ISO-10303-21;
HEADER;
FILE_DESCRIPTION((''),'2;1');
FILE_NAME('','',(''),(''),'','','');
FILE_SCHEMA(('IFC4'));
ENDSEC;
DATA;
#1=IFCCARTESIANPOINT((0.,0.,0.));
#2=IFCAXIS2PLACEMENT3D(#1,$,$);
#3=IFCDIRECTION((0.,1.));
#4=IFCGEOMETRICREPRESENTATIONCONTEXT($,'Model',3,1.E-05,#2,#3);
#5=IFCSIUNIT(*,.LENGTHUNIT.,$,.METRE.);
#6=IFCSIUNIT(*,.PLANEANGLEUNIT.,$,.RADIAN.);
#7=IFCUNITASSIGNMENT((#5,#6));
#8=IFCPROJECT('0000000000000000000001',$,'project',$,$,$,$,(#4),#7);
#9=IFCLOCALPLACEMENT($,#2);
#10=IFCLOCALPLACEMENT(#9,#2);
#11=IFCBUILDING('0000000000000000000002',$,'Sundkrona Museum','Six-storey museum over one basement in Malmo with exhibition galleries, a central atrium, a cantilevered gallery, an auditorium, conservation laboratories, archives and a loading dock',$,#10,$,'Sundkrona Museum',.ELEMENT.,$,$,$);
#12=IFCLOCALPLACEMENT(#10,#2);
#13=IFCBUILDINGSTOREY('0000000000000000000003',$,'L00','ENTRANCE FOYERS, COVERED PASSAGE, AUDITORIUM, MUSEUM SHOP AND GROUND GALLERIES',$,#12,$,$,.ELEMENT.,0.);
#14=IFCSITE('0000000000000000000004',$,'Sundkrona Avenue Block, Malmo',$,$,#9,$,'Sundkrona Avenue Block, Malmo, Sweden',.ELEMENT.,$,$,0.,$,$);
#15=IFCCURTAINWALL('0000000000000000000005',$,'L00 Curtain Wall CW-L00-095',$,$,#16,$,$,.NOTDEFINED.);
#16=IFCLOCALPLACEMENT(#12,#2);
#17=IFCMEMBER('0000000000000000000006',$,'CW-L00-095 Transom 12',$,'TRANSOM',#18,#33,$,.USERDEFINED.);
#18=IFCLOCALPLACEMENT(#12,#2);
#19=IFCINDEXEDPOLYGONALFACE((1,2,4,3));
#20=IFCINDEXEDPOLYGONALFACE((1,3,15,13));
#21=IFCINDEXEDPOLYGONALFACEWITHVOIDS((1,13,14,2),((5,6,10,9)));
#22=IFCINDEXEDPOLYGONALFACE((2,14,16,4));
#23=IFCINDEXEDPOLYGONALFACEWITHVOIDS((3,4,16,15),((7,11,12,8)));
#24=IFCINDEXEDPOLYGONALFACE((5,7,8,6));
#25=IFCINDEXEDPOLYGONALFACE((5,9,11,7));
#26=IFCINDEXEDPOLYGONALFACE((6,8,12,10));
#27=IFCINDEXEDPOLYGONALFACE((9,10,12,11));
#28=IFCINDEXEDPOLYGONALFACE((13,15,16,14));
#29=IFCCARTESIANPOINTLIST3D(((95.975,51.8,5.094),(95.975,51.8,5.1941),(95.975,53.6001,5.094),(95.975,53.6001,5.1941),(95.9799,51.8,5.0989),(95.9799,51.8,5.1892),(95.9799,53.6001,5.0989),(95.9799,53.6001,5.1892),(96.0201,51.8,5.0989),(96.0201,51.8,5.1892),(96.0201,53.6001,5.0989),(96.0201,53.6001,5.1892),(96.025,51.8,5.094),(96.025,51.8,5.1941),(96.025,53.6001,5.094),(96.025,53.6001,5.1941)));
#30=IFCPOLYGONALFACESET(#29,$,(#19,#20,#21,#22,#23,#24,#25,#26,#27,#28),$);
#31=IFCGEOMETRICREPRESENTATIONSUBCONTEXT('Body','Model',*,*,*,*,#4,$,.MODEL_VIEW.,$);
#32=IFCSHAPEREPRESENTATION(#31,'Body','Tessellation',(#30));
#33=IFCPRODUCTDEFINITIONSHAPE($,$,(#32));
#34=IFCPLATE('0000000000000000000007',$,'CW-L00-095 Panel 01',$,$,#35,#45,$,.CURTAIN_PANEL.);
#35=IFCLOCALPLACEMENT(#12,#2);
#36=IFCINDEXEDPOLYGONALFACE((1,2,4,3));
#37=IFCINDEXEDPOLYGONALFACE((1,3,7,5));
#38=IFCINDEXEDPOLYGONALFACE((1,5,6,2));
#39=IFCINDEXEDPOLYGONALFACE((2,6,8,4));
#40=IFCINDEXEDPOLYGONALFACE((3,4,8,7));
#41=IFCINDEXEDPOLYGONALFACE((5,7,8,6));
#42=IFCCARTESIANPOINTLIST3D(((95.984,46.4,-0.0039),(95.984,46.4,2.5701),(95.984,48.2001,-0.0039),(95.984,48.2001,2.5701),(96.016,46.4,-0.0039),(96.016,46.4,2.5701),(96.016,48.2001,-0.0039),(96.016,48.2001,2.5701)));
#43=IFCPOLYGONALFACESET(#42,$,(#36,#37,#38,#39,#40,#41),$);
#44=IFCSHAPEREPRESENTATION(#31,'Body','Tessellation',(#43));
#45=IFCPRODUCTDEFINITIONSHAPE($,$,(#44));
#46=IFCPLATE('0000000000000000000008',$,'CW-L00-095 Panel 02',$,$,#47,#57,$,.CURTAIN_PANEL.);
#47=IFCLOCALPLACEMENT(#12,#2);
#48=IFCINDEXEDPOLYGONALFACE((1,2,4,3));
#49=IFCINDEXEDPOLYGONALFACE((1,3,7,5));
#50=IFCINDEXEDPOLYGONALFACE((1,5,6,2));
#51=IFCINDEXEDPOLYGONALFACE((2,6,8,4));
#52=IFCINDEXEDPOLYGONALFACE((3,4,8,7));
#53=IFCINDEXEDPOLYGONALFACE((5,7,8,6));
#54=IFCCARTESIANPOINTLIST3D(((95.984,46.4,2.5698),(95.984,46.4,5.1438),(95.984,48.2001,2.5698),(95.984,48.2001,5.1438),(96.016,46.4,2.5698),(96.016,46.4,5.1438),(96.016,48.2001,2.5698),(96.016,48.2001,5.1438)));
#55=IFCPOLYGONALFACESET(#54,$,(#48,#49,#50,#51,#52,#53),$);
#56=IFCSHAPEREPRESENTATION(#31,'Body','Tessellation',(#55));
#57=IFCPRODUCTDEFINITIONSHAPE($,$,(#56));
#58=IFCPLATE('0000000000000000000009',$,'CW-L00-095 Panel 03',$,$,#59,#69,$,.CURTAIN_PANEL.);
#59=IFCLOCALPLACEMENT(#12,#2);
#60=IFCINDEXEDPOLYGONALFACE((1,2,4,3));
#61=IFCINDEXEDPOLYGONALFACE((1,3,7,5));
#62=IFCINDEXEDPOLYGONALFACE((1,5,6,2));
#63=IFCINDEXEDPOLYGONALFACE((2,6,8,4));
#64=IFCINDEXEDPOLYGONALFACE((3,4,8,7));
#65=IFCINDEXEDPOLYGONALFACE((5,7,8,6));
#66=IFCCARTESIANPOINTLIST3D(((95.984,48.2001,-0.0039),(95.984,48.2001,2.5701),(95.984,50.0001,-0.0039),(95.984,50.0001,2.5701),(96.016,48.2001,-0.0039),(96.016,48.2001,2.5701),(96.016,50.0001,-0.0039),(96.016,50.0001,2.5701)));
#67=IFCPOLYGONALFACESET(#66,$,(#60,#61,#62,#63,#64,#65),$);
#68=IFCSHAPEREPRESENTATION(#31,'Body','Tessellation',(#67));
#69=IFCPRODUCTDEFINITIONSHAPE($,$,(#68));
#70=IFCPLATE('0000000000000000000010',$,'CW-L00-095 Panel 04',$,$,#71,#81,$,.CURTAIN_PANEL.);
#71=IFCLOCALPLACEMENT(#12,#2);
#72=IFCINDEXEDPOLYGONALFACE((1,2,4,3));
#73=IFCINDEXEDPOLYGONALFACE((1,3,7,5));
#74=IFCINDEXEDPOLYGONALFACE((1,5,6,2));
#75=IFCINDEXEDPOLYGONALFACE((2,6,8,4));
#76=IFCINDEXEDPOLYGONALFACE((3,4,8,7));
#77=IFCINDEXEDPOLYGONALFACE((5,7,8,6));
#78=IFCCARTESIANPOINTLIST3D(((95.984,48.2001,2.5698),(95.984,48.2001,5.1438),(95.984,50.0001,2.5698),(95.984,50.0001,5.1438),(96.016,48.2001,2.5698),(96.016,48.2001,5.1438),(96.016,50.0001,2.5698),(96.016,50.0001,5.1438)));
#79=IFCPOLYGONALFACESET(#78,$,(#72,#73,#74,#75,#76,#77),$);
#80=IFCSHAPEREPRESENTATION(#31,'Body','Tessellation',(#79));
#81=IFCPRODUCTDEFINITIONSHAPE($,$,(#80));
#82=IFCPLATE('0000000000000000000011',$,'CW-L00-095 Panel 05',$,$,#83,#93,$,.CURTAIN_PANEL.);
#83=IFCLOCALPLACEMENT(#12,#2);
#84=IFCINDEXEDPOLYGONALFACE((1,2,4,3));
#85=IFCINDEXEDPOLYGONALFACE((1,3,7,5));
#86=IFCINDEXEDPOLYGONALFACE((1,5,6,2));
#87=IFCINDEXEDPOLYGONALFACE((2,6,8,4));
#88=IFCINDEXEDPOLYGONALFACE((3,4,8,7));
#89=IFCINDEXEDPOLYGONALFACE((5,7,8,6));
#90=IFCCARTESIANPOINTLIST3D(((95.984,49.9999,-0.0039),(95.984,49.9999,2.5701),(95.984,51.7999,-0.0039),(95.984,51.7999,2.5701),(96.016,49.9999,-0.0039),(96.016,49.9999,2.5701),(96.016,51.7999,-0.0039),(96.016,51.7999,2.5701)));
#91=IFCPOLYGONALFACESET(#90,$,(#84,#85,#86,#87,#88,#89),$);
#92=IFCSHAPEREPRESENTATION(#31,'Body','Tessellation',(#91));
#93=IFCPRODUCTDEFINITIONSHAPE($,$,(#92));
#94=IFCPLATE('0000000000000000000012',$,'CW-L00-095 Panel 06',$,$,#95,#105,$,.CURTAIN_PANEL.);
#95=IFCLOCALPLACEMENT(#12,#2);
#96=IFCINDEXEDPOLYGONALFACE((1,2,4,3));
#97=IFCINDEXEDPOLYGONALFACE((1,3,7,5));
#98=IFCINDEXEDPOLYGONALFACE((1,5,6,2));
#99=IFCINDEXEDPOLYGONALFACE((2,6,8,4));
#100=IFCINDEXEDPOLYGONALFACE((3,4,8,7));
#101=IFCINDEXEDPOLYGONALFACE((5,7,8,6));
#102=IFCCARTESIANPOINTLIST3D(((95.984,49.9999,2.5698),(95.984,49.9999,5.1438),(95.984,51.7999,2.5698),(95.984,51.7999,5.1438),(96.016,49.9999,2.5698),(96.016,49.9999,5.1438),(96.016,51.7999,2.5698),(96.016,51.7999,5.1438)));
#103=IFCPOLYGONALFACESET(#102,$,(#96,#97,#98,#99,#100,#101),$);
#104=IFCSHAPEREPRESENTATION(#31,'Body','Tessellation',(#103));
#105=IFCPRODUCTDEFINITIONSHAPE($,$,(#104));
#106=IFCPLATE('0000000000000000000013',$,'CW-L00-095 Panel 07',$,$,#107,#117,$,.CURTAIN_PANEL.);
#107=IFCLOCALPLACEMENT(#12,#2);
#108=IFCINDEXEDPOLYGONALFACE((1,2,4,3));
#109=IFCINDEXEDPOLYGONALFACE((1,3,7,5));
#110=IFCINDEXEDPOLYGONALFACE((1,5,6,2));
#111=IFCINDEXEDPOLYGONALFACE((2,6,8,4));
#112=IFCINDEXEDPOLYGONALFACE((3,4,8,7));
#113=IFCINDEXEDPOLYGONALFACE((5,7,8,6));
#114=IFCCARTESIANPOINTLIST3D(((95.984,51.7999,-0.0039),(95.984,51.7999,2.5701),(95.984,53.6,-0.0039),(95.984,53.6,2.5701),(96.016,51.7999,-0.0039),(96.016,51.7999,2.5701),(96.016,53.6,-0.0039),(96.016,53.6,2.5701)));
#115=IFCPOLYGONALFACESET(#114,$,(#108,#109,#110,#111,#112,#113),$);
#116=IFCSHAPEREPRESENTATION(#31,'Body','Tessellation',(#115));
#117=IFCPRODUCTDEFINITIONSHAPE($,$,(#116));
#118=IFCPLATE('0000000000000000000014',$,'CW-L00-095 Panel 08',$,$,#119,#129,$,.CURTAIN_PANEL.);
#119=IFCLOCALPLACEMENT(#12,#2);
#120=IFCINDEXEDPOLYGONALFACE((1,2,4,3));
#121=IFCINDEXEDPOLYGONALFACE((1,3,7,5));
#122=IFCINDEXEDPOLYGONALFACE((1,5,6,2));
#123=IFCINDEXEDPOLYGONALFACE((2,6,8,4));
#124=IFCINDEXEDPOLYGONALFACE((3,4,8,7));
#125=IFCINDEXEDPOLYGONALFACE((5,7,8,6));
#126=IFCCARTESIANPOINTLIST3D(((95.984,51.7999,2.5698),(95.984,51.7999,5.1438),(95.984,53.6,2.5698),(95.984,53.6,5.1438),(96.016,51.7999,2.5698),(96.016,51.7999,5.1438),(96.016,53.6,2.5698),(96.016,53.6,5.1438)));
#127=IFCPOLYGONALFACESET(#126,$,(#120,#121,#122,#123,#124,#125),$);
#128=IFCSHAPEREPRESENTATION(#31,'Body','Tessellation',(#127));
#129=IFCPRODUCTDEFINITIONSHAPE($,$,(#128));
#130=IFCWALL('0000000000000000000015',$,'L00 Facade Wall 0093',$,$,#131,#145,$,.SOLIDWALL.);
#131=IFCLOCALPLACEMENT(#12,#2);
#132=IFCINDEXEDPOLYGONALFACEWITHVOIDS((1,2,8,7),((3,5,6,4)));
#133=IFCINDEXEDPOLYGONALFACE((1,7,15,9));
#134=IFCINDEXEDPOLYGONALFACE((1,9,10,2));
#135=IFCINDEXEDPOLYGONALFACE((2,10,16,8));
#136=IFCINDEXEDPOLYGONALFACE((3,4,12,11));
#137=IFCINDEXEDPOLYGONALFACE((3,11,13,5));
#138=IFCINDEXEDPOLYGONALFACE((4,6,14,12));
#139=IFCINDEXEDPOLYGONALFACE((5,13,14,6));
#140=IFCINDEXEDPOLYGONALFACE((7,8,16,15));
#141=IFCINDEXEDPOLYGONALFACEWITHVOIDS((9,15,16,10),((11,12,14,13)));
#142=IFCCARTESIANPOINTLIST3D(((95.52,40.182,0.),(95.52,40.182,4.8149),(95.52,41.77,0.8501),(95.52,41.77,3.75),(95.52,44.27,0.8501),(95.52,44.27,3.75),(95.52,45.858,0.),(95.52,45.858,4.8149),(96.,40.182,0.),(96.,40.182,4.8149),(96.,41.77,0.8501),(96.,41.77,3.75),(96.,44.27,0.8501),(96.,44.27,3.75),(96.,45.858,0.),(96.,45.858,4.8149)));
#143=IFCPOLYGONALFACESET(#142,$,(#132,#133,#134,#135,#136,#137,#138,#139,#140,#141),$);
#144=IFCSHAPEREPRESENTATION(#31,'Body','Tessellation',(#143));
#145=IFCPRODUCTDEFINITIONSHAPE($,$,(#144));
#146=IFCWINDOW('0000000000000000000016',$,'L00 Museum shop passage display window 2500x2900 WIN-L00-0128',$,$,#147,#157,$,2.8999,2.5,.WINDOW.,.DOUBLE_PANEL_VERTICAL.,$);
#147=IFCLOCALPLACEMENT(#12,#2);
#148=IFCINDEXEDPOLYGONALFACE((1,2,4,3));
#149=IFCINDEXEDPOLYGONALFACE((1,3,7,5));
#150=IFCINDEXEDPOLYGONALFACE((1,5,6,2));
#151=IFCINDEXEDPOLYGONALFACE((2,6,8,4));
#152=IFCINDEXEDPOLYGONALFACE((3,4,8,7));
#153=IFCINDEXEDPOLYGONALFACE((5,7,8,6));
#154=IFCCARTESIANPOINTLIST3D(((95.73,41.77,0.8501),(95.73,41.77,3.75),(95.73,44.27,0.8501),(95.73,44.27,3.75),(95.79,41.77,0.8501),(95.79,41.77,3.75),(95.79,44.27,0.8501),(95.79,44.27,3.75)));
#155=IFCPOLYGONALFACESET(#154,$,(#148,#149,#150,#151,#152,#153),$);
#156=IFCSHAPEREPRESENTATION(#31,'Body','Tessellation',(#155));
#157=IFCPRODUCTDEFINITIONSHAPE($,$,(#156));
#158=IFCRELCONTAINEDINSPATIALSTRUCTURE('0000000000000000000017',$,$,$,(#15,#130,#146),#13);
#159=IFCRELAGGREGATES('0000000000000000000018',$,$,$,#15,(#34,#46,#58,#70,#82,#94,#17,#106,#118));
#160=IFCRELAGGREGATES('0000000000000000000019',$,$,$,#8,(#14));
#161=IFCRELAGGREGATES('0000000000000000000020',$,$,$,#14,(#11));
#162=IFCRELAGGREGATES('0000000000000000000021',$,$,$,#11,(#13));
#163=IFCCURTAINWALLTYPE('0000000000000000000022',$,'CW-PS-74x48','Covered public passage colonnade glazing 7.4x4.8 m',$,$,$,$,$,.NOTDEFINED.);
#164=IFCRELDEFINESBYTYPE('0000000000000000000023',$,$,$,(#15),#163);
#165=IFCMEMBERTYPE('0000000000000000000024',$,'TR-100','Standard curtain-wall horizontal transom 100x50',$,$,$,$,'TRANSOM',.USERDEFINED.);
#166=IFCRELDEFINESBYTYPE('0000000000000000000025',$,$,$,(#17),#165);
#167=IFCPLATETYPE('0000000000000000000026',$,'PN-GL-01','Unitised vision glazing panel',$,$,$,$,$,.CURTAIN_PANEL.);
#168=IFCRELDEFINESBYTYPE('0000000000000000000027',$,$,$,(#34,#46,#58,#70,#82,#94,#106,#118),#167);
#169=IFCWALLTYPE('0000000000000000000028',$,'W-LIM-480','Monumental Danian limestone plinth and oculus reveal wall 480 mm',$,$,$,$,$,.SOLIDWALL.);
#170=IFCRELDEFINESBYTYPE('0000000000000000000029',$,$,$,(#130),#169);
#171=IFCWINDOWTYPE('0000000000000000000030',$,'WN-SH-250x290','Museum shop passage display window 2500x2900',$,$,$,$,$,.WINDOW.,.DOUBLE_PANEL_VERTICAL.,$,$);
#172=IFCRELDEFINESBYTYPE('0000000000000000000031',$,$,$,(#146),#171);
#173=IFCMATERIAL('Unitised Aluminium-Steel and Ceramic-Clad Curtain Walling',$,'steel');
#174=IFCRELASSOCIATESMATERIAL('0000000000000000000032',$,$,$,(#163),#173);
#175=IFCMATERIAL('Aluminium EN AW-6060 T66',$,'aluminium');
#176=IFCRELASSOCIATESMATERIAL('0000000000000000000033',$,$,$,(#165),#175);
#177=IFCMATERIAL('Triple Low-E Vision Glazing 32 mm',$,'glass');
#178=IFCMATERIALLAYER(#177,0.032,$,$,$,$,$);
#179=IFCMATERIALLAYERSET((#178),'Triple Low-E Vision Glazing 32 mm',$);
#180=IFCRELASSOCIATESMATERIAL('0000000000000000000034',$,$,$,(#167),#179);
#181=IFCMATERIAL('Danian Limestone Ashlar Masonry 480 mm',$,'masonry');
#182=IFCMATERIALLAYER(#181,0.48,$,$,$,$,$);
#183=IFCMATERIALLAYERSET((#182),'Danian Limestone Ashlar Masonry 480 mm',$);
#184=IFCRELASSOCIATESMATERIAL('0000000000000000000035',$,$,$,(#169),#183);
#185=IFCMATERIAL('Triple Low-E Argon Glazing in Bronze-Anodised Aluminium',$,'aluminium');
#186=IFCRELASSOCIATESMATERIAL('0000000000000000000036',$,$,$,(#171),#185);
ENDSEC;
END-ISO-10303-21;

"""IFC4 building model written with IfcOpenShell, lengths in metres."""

from ifc_helpers import new_model, si_unit, direction, frame, frame_2d, origin, origin_2d, place, context, subcontext, project, spatial, rectangle, hollow_rectangle, extrude, material, layer, layer_set, material_profile, profile_set, type_object, element, fill, aggregate, save


model = new_model("IFC4")

# Units and contexts
model_context = context("Model", 3, precision=1e-05, world=origin(), true_north=direction((0.0, 1.0)))
body_context = subcontext(model_context, "Body", "Model", "MODEL_VIEW")
ifc_project = project(units=[si_unit("LENGTHUNIT", "METRE"), si_unit("PLANEANGLEUNIT", "RADIAN")], contexts=[model_context])

# Site, building, storey
site_placement = place(None, origin())
site = spatial("IfcSite", under=ifc_project, at=site_placement, Name="Sundkrona Avenue Block, Malmo", LongName="Sundkrona Avenue Block, Malmo, Sweden", CompositionType="ELEMENT", RefElevation=0.0)
building_placement = place(site_placement, origin())
building = spatial("IfcBuilding", under=site, at=building_placement, Name="Sundkrona Museum", Description="Six-storey museum over one basement in Malmo with exhibition galleries, a central atrium, a cantilevered gallery, an auditorium, conservation laboratories, archives and a loading dock", LongName="Sundkrona Museum", CompositionType="ELEMENT")
storey_placement = place(building_placement, origin())
storey = spatial("IfcBuildingStorey", under=building, at=storey_placement, Name="L00", Description="ENTRANCE FOYERS, COVERED PASSAGE, AUDITORIUM, MUSEUM SHOP AND GROUND GALLERIES", CompositionType="ELEMENT", Elevation=0.0)

# Curtain wall
ifc_material_1 = material(Name="Unitised Aluminium-Steel and Ceramic-Clad Curtain Walling", Category="steel")
curtain_wall_type = type_object("IfcCurtainWallType", Name="CW-PS-74x48", Description="Covered public passage colonnade glazing 7.4x4.8 m", PredefinedType="NOTDEFINED", material=ifc_material_1)
curtain_wall_placement = place(storey_placement, origin())
curtain_wall = element("IfcCurtainWall", 1, at=curtain_wall_placement, inside=storey, type_object=curtain_wall_type, Name="L00 Curtain Wall CW-L00-095", PredefinedType="NOTDEFINED")
ifc_material_2 = material(Name="Aluminium EN AW-6060 T66", Category="aluminium")

# Member
ifc_material_profile_1 = material_profile(ifc_material_2, hollow_rectangle(XDim=0.05, YDim=0.1001, WallThickness=0.0049, at=origin_2d()), Name="RHS 100x50x5.0")
ifc_profile_set_1 = profile_set([ifc_material_profile_1], Name="Aluminium EN AW-6060 T66")
member_type_1 = type_object("IfcMemberType", Name="TR-100", Description="Standard curtain-wall horizontal transom 100x50", ElementType="TRANSOM", PredefinedType="USERDEFINED", material=ifc_profile_set_1)
member_1_placement = place(storey_placement, frame((96.0, 51.8, 5.144), z_axis=(0.0, 1.0, 0.0), x_axis=(-1.0, 0.0, 0.0)))
member_1 = element("IfcMember", 2, at=member_1_placement, type_object=member_type_1, Name="CW-L00-095 Transom 12", ObjectType="TRANSOM", PredefinedType="USERDEFINED", context=body_context, shape_type="SweptSolid", body=[
    extrude(hollow_rectangle(XDim=0.05, YDim=0.1001, WallThickness=0.0049, at=origin_2d()), origin(), (0.0, 0.0, 1.0), 1.8),
])

# Plates
ifc_material_3 = material(Name="Triple Low-E Vision Glazing 32 mm", Category="glass")
ifc_layer_1 = layer(ifc_material_3, 0.032)
ifc_layer_set_1 = layer_set([ifc_layer_1], Name="Triple Low-E Vision Glazing 32 mm")
plate_type = type_object("IfcPlateType", Name="PN-GL-01", Description="Unitised vision glazing panel", PredefinedType="CURTAIN_PANEL", material=ifc_layer_set_1)
plate_1_placement = place(storey_placement, frame((96.0, 47.3, -0.0039), z_axis=(0.0, 0.0, 1.0), x_axis=(0.0, 1.0, 0.0)))
plate_1 = element("IfcPlate", 3, at=plate_1_placement, type_object=plate_type, Name="CW-L00-095 Panel 01", PredefinedType="CURTAIN_PANEL", context=body_context, shape_type="SweptSolid", body=[
    extrude(rectangle(XDim=1.8, YDim=0.032, at=origin_2d()), origin(), (0.0, 0.0, 1.0), 2.574),
])
plate_2_placement = place(storey_placement, frame((96.0, 47.3, 2.5698), z_axis=(0.0, 0.0, 1.0), x_axis=(0.0, 1.0, 0.0)))
plate_2 = element("IfcPlate", 4, at=plate_2_placement, type_object=plate_type, Name="CW-L00-095 Panel 02", PredefinedType="CURTAIN_PANEL", context=body_context, shape_type="SweptSolid", body=[
    extrude(rectangle(XDim=1.8, YDim=0.032, at=origin_2d()), origin(), (0.0, 0.0, 1.0), 2.574),
])
plate_3_placement = place(storey_placement, frame((96.0, 49.1001, -0.0039), z_axis=(0.0, 0.0, 1.0), x_axis=(0.0, 1.0, 0.0)))
plate_3 = element("IfcPlate", 5, at=plate_3_placement, type_object=plate_type, Name="CW-L00-095 Panel 03", PredefinedType="CURTAIN_PANEL", context=body_context, shape_type="SweptSolid", body=[
    extrude(rectangle(XDim=1.8, YDim=0.032, at=origin_2d()), origin(), (0.0, 0.0, 1.0), 2.574),
])
plate_4_placement = place(storey_placement, frame((96.0, 49.1001, 2.5698), z_axis=(0.0, 0.0, 1.0), x_axis=(0.0, 1.0, 0.0)))
plate_4 = element("IfcPlate", 6, at=plate_4_placement, type_object=plate_type, Name="CW-L00-095 Panel 04", PredefinedType="CURTAIN_PANEL", context=body_context, shape_type="SweptSolid", body=[
    extrude(rectangle(XDim=1.8, YDim=0.032, at=origin_2d()), origin(), (0.0, 0.0, 1.0), 2.574),
])
plate_5_placement = place(storey_placement, frame((96.0, 50.8999, -0.0039), z_axis=(0.0, 0.0, 1.0), x_axis=(0.0, 1.0, 0.0)))
plate_5 = element("IfcPlate", 7, at=plate_5_placement, type_object=plate_type, Name="CW-L00-095 Panel 05", PredefinedType="CURTAIN_PANEL", context=body_context, shape_type="SweptSolid", body=[
    extrude(rectangle(XDim=1.8, YDim=0.032, at=origin_2d()), origin(), (0.0, 0.0, 1.0), 2.574),
])
plate_6_placement = place(storey_placement, frame((96.0, 50.8999, 2.5698), z_axis=(0.0, 0.0, 1.0), x_axis=(0.0, 1.0, 0.0)))
plate_6 = element("IfcPlate", 8, at=plate_6_placement, type_object=plate_type, Name="CW-L00-095 Panel 06", PredefinedType="CURTAIN_PANEL", context=body_context, shape_type="SweptSolid", body=[
    extrude(rectangle(XDim=1.8, YDim=0.032, at=origin_2d()), origin(), (0.0, 0.0, 1.0), 2.574),
])
plate_7_placement = place(storey_placement, frame((96.0, 52.7, -0.0039), z_axis=(0.0, 0.0, 1.0), x_axis=(0.0, 1.0, 0.0)))
plate_7 = element("IfcPlate", 9, at=plate_7_placement, type_object=plate_type, Name="CW-L00-095 Panel 07", PredefinedType="CURTAIN_PANEL", context=body_context, shape_type="SweptSolid", body=[
    extrude(rectangle(XDim=1.8, YDim=0.032, at=origin_2d()), origin(), (0.0, 0.0, 1.0), 2.574),
])
plate_8_placement = place(storey_placement, frame((96.0, 52.7, 2.5698), z_axis=(0.0, 0.0, 1.0), x_axis=(0.0, 1.0, 0.0)))
plate_8 = element("IfcPlate", 10, at=plate_8_placement, type_object=plate_type, Name="CW-L00-095 Panel 08", PredefinedType="CURTAIN_PANEL", context=body_context, shape_type="SweptSolid", body=[
    extrude(rectangle(XDim=1.8, YDim=0.032, at=origin_2d()), origin(), (0.0, 0.0, 1.0), 2.574),
])
aggregate(curtain_wall, [plate_1, plate_2, plate_3, plate_4, plate_5, plate_6, member_1, plate_7, plate_8])

# Wall, opening, window
ifc_material_4 = material(Name="Danian Limestone Ashlar Masonry 480 mm", Category="masonry")
ifc_layer_2 = layer(ifc_material_4, 0.48)
ifc_layer_set_2 = layer_set([ifc_layer_2], Name="Danian Limestone Ashlar Masonry 480 mm")
wall_type = type_object("IfcWallType", Name="W-LIM-480", Description="Monumental Danian limestone plinth and oculus reveal wall 480 mm", PredefinedType="SOLIDWALL", material=ifc_layer_set_2)
wall_placement = place(storey_placement, frame((95.76, 45.8579, 0.0), z_axis=(0.0, 0.0, 1.0), x_axis=(0.0, -1.0, 0.0)))
wall = element("IfcWall", 11, at=wall_placement, inside=storey, type_object=wall_type, Name="L00 Facade Wall 0093", PredefinedType="SOLIDWALL", context=body_context, shape_type="SweptSolid", body=[
    extrude(rectangle(XDim=5.676, YDim=0.48, at=frame_2d((2.8379, 0.0))), origin(), (0.0, 0.0, 1.0), 4.8149),
])
opening_placement = place(wall_placement, frame((1.5879, 0.0, 0.8501)))
opening = element("IfcOpeningElement", 12, at=opening_placement, cuts=wall, PredefinedType="OPENING", context=body_context, shape_type="SweptSolid", body=[
    extrude(rectangle(XDim=2.5, YDim=2.8999, at=frame_2d((1.25, 1.45))), frame((0.0, 0.25, 0.0), z_axis=(0.0, -1.0, 0.0), x_axis=(1.0, 0.0, 0.0)), (0.0, 0.0, 1.0), 0.5),
])
ifc_material_5 = material(Name="Triple Low-E Argon Glazing in Bronze-Anodised Aluminium", Category="aluminium")
window_type = type_object("IfcWindowType", Name="WN-SH-250x290", Description="Museum shop passage display window 2500x2900", PartitioningType="DOUBLE_PANEL_VERTICAL", PredefinedType="WINDOW", material=ifc_material_5)
window_placement = place(opening_placement, origin())
window = element("IfcWindow", 13, at=window_placement, inside=storey, type_object=window_type, Name="L00 Museum shop passage display window 2500x2900 WIN-L00-0128", OverallHeight=2.8999, OverallWidth=2.5, PartitioningType="DOUBLE_PANEL_VERTICAL", PredefinedType="WINDOW", context=body_context, shape_type="SweptSolid", body=[
    extrude(rectangle(XDim=2.5, YDim=2.8999, at=frame_2d((1.25, 1.45))), frame((0.0, 0.03, 0.0), z_axis=(0.0, -1.0, 0.0), x_axis=(1.0, 0.0, 0.0)), (0.0, 0.0, 1.0), 0.0601),
])
fill(opening, window)

save(model, "model.ifc")
